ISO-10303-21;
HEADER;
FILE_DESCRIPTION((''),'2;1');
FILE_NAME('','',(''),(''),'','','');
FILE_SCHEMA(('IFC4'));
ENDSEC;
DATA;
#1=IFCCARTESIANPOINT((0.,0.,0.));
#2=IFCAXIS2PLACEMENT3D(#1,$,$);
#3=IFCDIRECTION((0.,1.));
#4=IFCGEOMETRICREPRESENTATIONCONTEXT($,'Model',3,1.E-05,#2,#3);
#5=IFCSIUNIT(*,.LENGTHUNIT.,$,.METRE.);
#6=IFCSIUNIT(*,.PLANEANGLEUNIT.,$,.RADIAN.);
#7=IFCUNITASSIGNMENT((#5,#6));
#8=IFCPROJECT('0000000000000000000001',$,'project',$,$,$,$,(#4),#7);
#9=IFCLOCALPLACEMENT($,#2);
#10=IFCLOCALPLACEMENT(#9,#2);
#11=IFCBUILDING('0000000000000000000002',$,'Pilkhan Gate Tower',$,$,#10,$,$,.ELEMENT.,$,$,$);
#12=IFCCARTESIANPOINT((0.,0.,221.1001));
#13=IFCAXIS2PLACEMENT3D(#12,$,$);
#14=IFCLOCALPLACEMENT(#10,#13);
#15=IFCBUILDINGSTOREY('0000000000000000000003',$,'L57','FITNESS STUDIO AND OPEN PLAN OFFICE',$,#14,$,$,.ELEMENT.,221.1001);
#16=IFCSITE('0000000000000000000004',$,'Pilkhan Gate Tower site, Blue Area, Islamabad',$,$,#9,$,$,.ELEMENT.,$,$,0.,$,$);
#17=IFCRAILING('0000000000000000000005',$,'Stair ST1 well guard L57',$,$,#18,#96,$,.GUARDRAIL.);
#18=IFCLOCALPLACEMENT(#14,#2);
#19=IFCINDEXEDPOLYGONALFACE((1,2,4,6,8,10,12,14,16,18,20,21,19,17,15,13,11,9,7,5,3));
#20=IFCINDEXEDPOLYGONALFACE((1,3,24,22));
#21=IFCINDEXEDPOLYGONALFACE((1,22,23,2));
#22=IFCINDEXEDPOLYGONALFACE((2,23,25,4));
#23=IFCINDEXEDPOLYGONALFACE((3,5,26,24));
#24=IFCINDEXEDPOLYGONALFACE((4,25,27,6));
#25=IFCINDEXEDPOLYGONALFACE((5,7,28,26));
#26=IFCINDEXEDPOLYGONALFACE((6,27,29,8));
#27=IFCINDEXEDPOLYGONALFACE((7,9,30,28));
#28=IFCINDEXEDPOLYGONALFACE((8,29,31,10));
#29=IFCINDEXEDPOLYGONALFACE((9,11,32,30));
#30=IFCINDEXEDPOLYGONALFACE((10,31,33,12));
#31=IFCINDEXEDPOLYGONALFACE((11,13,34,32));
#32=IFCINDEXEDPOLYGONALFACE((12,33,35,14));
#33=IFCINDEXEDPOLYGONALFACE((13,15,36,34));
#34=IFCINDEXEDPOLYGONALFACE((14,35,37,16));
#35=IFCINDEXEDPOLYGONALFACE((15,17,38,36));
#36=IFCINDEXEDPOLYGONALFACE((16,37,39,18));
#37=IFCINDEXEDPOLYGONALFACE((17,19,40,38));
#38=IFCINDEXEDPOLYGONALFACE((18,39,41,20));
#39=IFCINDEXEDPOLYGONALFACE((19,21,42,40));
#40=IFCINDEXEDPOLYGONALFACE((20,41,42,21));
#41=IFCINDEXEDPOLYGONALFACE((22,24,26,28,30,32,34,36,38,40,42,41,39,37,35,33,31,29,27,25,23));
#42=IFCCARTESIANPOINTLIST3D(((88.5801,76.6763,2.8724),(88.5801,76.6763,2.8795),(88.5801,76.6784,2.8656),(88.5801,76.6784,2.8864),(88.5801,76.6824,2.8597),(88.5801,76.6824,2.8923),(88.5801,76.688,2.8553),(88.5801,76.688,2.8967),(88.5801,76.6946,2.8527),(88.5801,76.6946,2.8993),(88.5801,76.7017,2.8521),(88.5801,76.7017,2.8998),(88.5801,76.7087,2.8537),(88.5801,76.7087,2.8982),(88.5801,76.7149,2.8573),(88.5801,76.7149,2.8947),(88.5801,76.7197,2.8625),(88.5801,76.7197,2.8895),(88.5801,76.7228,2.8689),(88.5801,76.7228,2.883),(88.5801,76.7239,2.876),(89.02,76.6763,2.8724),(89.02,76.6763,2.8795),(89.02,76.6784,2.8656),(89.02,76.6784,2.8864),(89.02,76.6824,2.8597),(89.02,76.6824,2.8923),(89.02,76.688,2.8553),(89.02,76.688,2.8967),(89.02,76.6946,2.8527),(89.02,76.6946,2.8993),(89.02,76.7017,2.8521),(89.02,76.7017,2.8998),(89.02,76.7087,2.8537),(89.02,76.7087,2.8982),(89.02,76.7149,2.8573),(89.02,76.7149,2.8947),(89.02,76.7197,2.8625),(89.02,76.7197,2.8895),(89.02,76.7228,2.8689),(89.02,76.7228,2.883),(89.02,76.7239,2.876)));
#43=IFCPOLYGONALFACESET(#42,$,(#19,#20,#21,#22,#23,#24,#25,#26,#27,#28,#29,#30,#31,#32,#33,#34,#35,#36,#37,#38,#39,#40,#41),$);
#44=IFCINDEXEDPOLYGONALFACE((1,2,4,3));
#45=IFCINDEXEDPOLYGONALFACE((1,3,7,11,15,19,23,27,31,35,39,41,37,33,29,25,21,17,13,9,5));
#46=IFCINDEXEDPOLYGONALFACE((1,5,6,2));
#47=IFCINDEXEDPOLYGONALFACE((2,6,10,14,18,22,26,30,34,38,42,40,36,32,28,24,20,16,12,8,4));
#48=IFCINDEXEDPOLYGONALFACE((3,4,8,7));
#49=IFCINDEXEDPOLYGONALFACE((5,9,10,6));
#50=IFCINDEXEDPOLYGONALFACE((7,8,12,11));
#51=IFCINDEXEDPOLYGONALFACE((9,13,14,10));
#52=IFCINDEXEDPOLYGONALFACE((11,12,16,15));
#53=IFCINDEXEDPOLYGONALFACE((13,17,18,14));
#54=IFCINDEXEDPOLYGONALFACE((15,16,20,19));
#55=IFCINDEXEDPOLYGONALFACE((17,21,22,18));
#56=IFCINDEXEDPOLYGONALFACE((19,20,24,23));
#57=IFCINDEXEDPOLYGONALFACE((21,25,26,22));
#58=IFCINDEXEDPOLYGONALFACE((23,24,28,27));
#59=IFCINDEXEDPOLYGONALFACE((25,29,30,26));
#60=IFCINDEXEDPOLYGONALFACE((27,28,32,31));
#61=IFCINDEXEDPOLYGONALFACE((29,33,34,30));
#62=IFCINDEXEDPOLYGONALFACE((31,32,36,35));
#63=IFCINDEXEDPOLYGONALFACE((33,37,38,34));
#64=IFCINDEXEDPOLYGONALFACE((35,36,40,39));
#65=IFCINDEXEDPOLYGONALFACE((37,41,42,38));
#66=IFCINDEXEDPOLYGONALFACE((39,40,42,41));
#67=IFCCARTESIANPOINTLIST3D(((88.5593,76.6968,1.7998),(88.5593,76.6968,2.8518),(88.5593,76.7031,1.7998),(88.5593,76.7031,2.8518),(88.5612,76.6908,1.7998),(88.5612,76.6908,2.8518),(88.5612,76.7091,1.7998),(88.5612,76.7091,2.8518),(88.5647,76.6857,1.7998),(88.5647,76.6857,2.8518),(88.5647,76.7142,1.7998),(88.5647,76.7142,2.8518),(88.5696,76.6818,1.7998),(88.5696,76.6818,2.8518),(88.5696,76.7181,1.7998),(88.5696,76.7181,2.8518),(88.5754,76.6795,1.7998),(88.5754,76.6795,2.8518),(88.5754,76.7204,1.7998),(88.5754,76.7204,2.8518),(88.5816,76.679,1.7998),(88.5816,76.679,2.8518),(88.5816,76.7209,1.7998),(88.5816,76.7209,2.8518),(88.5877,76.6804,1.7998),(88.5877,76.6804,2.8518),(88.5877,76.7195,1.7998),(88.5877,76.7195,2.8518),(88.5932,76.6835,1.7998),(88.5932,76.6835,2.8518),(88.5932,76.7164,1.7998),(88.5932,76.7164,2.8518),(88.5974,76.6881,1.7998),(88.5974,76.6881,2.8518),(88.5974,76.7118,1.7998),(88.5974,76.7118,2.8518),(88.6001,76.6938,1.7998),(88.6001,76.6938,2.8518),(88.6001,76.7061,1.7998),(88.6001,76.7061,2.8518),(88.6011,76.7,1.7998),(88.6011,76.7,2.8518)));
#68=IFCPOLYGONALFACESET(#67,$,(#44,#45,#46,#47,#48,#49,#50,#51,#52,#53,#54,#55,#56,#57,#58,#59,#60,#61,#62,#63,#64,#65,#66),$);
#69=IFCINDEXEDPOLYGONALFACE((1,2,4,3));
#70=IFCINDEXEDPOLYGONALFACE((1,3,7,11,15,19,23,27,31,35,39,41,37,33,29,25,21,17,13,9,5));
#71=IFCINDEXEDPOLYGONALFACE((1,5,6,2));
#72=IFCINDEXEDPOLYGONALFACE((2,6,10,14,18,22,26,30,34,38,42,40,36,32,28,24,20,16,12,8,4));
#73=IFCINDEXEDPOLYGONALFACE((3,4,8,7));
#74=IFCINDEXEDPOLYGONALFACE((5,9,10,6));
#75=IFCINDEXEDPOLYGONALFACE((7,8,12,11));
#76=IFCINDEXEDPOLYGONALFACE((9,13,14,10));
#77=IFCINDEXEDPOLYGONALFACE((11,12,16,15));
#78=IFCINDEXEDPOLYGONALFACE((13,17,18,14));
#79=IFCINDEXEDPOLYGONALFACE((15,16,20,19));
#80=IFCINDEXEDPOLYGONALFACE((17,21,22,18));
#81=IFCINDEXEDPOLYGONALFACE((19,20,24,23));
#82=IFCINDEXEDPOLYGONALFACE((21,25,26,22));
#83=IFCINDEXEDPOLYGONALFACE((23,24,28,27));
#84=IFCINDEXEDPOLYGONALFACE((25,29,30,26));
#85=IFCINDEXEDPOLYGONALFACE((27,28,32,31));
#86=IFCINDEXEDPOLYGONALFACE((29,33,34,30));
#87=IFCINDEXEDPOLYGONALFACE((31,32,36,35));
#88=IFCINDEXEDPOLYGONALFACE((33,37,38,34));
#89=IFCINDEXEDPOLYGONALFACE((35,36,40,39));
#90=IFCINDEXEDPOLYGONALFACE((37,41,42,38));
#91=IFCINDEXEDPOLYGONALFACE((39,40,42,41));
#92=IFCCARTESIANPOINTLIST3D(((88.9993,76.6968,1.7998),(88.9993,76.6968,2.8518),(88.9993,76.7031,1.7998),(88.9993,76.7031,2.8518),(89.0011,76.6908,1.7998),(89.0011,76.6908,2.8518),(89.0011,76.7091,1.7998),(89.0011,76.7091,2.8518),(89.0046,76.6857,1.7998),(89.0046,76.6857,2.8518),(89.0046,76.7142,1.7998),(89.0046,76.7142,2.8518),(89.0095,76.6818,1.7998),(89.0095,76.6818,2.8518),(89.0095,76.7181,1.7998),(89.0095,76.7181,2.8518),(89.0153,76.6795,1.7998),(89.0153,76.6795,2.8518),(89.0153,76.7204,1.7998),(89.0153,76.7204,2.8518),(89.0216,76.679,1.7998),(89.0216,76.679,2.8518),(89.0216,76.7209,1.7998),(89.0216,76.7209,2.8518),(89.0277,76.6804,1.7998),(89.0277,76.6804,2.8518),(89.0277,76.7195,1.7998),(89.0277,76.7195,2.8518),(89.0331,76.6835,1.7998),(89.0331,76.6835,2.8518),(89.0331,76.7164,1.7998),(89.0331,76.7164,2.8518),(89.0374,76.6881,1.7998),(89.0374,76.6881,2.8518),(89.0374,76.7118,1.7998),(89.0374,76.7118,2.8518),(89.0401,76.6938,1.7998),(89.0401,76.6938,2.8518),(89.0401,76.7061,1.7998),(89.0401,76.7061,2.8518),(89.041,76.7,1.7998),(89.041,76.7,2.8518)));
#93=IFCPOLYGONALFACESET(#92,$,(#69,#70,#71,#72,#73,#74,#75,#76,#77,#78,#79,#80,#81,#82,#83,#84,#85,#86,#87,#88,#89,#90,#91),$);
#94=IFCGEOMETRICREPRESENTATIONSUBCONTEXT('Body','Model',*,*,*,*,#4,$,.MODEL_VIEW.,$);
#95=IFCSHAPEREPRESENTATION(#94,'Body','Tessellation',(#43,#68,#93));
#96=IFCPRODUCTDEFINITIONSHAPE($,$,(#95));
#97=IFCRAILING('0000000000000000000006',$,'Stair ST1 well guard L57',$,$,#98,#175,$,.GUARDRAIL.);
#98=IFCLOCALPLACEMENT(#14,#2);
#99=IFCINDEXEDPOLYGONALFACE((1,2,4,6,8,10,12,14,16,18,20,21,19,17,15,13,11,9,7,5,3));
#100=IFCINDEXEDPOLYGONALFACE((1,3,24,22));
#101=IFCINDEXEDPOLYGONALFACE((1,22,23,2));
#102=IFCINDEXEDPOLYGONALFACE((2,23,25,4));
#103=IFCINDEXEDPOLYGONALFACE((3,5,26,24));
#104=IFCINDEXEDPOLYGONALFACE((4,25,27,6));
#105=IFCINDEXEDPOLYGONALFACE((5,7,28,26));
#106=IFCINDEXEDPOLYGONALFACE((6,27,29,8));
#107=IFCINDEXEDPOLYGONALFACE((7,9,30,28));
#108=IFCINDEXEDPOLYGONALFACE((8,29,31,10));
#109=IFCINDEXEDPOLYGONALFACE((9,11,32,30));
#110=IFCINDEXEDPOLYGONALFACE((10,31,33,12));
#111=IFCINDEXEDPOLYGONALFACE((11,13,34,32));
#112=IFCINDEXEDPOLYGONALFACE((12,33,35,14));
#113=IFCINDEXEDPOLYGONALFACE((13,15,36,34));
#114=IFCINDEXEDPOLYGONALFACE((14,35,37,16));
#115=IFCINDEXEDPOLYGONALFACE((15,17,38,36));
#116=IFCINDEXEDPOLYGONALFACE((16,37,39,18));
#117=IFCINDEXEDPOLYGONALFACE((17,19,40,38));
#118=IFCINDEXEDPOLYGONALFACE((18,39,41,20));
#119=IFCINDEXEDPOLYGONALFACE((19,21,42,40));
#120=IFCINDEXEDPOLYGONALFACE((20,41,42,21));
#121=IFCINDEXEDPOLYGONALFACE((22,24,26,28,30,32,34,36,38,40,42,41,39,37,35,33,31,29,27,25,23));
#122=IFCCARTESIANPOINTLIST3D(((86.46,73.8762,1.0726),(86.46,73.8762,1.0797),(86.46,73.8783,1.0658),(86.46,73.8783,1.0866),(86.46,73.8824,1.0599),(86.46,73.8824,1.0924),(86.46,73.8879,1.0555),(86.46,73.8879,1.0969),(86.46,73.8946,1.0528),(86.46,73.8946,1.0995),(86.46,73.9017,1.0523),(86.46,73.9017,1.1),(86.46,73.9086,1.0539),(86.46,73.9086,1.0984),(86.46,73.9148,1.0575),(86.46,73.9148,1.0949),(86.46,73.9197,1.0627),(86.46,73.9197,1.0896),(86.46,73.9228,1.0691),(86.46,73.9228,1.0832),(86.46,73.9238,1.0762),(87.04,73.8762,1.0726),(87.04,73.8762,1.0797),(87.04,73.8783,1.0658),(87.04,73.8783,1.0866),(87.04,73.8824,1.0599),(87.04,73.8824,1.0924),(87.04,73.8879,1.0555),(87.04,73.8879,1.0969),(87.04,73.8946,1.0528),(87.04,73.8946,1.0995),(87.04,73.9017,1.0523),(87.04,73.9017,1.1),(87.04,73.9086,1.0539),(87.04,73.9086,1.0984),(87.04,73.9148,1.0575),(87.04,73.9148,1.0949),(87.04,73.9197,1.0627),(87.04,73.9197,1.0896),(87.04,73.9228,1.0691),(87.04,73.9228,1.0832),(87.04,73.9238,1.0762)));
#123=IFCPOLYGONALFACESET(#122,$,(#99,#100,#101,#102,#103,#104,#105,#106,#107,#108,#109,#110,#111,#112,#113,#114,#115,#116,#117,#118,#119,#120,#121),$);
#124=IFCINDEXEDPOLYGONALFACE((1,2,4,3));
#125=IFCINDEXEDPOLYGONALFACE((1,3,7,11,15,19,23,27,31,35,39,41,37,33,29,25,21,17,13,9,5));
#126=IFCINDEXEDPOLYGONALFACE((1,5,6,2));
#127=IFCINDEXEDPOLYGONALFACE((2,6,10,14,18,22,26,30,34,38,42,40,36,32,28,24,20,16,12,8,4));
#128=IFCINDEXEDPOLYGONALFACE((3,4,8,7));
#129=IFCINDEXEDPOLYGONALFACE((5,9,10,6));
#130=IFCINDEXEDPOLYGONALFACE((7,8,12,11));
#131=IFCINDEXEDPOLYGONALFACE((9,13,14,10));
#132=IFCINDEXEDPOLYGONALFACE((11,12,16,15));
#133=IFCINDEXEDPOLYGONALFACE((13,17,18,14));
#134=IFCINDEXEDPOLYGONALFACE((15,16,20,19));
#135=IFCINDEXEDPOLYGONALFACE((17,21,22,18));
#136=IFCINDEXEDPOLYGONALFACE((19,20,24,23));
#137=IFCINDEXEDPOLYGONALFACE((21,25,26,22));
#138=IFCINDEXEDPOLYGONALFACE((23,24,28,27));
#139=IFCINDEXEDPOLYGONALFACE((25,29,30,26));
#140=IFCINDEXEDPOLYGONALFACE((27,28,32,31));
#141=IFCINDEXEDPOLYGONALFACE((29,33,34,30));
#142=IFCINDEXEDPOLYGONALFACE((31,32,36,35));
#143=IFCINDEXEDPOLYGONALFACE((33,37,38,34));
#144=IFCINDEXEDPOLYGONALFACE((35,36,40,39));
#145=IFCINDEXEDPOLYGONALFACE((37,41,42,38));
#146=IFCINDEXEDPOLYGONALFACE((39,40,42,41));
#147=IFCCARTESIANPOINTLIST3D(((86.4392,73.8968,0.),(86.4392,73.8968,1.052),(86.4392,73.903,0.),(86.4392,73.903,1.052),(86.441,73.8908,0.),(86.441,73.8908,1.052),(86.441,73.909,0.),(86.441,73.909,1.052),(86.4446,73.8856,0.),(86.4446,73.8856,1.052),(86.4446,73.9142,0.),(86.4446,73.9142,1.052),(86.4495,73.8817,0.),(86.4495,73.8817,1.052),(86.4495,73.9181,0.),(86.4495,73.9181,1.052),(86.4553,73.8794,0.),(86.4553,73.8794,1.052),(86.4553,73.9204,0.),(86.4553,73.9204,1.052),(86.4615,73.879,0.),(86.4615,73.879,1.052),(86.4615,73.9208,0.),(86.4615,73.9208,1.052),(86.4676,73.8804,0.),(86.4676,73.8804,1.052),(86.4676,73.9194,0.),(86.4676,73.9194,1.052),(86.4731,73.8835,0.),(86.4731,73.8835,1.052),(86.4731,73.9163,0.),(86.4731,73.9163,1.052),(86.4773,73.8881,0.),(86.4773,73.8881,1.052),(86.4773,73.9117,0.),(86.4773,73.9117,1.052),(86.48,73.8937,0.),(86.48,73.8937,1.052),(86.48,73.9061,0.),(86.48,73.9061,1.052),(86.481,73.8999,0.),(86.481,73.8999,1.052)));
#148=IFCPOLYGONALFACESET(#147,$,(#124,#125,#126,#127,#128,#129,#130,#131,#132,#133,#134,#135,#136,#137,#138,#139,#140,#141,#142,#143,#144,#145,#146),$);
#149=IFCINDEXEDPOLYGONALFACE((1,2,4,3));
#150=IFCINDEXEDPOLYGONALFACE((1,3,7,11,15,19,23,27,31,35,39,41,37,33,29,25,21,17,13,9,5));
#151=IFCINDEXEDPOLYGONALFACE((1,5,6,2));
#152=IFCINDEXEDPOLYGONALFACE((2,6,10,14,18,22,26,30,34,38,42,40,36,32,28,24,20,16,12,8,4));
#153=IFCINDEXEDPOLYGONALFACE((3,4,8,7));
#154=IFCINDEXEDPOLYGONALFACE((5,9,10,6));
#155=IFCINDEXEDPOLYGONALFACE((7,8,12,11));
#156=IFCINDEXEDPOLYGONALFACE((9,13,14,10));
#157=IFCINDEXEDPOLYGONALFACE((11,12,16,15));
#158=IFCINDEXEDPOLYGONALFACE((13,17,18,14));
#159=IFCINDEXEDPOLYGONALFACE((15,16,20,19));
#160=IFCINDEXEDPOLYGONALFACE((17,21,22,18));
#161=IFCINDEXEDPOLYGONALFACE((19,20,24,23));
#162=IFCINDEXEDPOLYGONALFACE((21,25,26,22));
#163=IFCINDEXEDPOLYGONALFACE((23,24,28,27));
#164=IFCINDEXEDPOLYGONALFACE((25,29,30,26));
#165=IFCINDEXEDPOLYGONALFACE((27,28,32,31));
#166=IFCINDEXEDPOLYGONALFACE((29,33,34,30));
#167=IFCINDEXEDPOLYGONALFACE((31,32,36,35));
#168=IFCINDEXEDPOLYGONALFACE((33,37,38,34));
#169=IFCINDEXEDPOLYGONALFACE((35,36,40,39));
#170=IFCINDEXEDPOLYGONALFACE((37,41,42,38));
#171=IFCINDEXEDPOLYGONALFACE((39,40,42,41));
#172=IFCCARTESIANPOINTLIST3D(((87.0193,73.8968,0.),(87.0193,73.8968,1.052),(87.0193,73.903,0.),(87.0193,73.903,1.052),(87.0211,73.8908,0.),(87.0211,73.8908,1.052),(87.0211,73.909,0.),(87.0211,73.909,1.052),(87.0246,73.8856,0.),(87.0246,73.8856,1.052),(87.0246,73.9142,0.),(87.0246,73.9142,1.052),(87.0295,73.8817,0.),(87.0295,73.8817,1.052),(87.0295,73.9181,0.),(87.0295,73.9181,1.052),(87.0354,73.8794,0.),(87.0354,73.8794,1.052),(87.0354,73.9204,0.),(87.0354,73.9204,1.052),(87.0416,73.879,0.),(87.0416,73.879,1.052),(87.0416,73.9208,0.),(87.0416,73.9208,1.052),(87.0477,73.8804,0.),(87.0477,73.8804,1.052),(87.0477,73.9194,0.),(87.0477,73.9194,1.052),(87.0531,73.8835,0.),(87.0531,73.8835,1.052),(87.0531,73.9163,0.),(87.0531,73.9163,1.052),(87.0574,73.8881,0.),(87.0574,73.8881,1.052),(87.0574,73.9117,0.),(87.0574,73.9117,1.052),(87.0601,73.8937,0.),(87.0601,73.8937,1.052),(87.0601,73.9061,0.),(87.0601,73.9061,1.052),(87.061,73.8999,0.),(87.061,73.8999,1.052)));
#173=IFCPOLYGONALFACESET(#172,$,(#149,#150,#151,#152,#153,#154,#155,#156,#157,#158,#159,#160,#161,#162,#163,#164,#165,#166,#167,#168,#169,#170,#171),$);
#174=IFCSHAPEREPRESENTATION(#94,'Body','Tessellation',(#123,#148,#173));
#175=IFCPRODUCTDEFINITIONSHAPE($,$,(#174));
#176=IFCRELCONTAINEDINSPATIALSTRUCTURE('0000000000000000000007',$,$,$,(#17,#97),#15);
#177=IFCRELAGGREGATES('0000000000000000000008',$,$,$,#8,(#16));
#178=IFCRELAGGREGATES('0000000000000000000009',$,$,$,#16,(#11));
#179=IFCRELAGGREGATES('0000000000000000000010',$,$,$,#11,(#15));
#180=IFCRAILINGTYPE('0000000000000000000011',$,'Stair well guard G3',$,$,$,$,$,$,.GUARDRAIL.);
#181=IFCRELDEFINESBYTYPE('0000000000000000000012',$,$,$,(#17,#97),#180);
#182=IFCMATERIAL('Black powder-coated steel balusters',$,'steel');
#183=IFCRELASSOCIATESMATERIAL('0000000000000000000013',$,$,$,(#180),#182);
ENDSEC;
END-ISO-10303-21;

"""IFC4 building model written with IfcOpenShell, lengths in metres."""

from ifc_helpers import new_model, si_unit, direction, frame, origin, origin_2d, place, context, subcontext, project, spatial, circle, extrude, material, type_object, element, save


model = new_model("IFC4")

# Units and contexts
model_context = context("Model", 3, precision=1e-05, world=origin(), true_north=direction((0.0, 1.0)))
body_context = subcontext(model_context, "Body", "Model", "MODEL_VIEW")
ifc_project = project(units=[si_unit("LENGTHUNIT", "METRE"), si_unit("PLANEANGLEUNIT", "RADIAN")], contexts=[model_context])

# Site, building, storey
site_placement = place(None, origin())
site = spatial("IfcSite", under=ifc_project, at=site_placement, Name="Pilkhan Gate Tower site, Blue Area, Islamabad", CompositionType="ELEMENT", RefElevation=0.0)
building_placement = place(site_placement, origin())
building = spatial("IfcBuilding", under=site, at=building_placement, Name="Pilkhan Gate Tower", CompositionType="ELEMENT")
storey_placement = place(building_placement, frame((0.0, 0.0, 221.1001)))
storey = spatial("IfcBuildingStorey", under=building, at=storey_placement, Name="L57", Description="FITNESS STUDIO AND OPEN PLAN OFFICE", CompositionType="ELEMENT", Elevation=221.1001)

# Railings
ifc_material_1 = material(Name="Black powder-coated steel balusters", Category="steel")
railing_type_1 = type_object("IfcRailingType", Name="Stair well guard G3", PredefinedType="GUARDRAIL", material=ifc_material_1)
railing_1_placement = place(storey_placement, frame((88.5801, 76.7, 1.7998)))
element("IfcRailing", 1, at=railing_1_placement, inside=storey, type_object=railing_type_1, Name="Stair ST1 well guard L57", PredefinedType="GUARDRAIL", context=body_context, shape_type="SweptSolid", body=[
    extrude(circle(Radius=0.0239, at=origin_2d()), frame((0.0, 0.0, 1.0762), z_axis=(1.0, 0.0, 0.0), x_axis=(0.0, 1.0, 0.0)), (0.0, 0.0, 1.0), 0.4399),
    extrude(circle(Radius=0.021, at=origin_2d()), origin(), (0.0, 0.0, 1.0), 1.052),
    extrude(circle(Radius=0.021, at=origin_2d()), frame((0.4399, 0.0, 0.0)), (0.0, 0.0, 1.0), 1.052),
])
for number, where, name in (
    (2, (86.46, 73.8999, 0.0), "Stair ST1 well guard L57"),
):
    element("IfcRailing", number, at=place(storey_placement, frame(where)), inside=storey, type_object=railing_type_1, Name=name, PredefinedType="GUARDRAIL", context=body_context, shape_type="SweptSolid", body=[
        extrude(circle(Radius=0.0239, at=origin_2d()), frame((0.0, 0.0, 1.0762), z_axis=(1.0, 0.0, 0.0), x_axis=(0.0, 1.0, 0.0)), (0.0, 0.0, 1.0), 0.5801),
        extrude(circle(Radius=0.021, at=origin_2d()), origin(), (0.0, 0.0, 1.0), 1.052),
        extrude(circle(Radius=0.021, at=origin_2d()), frame((0.5801, 0.0, 0.0)), (0.0, 0.0, 1.0), 1.052),
    ])

save(model, "model.ifc")
